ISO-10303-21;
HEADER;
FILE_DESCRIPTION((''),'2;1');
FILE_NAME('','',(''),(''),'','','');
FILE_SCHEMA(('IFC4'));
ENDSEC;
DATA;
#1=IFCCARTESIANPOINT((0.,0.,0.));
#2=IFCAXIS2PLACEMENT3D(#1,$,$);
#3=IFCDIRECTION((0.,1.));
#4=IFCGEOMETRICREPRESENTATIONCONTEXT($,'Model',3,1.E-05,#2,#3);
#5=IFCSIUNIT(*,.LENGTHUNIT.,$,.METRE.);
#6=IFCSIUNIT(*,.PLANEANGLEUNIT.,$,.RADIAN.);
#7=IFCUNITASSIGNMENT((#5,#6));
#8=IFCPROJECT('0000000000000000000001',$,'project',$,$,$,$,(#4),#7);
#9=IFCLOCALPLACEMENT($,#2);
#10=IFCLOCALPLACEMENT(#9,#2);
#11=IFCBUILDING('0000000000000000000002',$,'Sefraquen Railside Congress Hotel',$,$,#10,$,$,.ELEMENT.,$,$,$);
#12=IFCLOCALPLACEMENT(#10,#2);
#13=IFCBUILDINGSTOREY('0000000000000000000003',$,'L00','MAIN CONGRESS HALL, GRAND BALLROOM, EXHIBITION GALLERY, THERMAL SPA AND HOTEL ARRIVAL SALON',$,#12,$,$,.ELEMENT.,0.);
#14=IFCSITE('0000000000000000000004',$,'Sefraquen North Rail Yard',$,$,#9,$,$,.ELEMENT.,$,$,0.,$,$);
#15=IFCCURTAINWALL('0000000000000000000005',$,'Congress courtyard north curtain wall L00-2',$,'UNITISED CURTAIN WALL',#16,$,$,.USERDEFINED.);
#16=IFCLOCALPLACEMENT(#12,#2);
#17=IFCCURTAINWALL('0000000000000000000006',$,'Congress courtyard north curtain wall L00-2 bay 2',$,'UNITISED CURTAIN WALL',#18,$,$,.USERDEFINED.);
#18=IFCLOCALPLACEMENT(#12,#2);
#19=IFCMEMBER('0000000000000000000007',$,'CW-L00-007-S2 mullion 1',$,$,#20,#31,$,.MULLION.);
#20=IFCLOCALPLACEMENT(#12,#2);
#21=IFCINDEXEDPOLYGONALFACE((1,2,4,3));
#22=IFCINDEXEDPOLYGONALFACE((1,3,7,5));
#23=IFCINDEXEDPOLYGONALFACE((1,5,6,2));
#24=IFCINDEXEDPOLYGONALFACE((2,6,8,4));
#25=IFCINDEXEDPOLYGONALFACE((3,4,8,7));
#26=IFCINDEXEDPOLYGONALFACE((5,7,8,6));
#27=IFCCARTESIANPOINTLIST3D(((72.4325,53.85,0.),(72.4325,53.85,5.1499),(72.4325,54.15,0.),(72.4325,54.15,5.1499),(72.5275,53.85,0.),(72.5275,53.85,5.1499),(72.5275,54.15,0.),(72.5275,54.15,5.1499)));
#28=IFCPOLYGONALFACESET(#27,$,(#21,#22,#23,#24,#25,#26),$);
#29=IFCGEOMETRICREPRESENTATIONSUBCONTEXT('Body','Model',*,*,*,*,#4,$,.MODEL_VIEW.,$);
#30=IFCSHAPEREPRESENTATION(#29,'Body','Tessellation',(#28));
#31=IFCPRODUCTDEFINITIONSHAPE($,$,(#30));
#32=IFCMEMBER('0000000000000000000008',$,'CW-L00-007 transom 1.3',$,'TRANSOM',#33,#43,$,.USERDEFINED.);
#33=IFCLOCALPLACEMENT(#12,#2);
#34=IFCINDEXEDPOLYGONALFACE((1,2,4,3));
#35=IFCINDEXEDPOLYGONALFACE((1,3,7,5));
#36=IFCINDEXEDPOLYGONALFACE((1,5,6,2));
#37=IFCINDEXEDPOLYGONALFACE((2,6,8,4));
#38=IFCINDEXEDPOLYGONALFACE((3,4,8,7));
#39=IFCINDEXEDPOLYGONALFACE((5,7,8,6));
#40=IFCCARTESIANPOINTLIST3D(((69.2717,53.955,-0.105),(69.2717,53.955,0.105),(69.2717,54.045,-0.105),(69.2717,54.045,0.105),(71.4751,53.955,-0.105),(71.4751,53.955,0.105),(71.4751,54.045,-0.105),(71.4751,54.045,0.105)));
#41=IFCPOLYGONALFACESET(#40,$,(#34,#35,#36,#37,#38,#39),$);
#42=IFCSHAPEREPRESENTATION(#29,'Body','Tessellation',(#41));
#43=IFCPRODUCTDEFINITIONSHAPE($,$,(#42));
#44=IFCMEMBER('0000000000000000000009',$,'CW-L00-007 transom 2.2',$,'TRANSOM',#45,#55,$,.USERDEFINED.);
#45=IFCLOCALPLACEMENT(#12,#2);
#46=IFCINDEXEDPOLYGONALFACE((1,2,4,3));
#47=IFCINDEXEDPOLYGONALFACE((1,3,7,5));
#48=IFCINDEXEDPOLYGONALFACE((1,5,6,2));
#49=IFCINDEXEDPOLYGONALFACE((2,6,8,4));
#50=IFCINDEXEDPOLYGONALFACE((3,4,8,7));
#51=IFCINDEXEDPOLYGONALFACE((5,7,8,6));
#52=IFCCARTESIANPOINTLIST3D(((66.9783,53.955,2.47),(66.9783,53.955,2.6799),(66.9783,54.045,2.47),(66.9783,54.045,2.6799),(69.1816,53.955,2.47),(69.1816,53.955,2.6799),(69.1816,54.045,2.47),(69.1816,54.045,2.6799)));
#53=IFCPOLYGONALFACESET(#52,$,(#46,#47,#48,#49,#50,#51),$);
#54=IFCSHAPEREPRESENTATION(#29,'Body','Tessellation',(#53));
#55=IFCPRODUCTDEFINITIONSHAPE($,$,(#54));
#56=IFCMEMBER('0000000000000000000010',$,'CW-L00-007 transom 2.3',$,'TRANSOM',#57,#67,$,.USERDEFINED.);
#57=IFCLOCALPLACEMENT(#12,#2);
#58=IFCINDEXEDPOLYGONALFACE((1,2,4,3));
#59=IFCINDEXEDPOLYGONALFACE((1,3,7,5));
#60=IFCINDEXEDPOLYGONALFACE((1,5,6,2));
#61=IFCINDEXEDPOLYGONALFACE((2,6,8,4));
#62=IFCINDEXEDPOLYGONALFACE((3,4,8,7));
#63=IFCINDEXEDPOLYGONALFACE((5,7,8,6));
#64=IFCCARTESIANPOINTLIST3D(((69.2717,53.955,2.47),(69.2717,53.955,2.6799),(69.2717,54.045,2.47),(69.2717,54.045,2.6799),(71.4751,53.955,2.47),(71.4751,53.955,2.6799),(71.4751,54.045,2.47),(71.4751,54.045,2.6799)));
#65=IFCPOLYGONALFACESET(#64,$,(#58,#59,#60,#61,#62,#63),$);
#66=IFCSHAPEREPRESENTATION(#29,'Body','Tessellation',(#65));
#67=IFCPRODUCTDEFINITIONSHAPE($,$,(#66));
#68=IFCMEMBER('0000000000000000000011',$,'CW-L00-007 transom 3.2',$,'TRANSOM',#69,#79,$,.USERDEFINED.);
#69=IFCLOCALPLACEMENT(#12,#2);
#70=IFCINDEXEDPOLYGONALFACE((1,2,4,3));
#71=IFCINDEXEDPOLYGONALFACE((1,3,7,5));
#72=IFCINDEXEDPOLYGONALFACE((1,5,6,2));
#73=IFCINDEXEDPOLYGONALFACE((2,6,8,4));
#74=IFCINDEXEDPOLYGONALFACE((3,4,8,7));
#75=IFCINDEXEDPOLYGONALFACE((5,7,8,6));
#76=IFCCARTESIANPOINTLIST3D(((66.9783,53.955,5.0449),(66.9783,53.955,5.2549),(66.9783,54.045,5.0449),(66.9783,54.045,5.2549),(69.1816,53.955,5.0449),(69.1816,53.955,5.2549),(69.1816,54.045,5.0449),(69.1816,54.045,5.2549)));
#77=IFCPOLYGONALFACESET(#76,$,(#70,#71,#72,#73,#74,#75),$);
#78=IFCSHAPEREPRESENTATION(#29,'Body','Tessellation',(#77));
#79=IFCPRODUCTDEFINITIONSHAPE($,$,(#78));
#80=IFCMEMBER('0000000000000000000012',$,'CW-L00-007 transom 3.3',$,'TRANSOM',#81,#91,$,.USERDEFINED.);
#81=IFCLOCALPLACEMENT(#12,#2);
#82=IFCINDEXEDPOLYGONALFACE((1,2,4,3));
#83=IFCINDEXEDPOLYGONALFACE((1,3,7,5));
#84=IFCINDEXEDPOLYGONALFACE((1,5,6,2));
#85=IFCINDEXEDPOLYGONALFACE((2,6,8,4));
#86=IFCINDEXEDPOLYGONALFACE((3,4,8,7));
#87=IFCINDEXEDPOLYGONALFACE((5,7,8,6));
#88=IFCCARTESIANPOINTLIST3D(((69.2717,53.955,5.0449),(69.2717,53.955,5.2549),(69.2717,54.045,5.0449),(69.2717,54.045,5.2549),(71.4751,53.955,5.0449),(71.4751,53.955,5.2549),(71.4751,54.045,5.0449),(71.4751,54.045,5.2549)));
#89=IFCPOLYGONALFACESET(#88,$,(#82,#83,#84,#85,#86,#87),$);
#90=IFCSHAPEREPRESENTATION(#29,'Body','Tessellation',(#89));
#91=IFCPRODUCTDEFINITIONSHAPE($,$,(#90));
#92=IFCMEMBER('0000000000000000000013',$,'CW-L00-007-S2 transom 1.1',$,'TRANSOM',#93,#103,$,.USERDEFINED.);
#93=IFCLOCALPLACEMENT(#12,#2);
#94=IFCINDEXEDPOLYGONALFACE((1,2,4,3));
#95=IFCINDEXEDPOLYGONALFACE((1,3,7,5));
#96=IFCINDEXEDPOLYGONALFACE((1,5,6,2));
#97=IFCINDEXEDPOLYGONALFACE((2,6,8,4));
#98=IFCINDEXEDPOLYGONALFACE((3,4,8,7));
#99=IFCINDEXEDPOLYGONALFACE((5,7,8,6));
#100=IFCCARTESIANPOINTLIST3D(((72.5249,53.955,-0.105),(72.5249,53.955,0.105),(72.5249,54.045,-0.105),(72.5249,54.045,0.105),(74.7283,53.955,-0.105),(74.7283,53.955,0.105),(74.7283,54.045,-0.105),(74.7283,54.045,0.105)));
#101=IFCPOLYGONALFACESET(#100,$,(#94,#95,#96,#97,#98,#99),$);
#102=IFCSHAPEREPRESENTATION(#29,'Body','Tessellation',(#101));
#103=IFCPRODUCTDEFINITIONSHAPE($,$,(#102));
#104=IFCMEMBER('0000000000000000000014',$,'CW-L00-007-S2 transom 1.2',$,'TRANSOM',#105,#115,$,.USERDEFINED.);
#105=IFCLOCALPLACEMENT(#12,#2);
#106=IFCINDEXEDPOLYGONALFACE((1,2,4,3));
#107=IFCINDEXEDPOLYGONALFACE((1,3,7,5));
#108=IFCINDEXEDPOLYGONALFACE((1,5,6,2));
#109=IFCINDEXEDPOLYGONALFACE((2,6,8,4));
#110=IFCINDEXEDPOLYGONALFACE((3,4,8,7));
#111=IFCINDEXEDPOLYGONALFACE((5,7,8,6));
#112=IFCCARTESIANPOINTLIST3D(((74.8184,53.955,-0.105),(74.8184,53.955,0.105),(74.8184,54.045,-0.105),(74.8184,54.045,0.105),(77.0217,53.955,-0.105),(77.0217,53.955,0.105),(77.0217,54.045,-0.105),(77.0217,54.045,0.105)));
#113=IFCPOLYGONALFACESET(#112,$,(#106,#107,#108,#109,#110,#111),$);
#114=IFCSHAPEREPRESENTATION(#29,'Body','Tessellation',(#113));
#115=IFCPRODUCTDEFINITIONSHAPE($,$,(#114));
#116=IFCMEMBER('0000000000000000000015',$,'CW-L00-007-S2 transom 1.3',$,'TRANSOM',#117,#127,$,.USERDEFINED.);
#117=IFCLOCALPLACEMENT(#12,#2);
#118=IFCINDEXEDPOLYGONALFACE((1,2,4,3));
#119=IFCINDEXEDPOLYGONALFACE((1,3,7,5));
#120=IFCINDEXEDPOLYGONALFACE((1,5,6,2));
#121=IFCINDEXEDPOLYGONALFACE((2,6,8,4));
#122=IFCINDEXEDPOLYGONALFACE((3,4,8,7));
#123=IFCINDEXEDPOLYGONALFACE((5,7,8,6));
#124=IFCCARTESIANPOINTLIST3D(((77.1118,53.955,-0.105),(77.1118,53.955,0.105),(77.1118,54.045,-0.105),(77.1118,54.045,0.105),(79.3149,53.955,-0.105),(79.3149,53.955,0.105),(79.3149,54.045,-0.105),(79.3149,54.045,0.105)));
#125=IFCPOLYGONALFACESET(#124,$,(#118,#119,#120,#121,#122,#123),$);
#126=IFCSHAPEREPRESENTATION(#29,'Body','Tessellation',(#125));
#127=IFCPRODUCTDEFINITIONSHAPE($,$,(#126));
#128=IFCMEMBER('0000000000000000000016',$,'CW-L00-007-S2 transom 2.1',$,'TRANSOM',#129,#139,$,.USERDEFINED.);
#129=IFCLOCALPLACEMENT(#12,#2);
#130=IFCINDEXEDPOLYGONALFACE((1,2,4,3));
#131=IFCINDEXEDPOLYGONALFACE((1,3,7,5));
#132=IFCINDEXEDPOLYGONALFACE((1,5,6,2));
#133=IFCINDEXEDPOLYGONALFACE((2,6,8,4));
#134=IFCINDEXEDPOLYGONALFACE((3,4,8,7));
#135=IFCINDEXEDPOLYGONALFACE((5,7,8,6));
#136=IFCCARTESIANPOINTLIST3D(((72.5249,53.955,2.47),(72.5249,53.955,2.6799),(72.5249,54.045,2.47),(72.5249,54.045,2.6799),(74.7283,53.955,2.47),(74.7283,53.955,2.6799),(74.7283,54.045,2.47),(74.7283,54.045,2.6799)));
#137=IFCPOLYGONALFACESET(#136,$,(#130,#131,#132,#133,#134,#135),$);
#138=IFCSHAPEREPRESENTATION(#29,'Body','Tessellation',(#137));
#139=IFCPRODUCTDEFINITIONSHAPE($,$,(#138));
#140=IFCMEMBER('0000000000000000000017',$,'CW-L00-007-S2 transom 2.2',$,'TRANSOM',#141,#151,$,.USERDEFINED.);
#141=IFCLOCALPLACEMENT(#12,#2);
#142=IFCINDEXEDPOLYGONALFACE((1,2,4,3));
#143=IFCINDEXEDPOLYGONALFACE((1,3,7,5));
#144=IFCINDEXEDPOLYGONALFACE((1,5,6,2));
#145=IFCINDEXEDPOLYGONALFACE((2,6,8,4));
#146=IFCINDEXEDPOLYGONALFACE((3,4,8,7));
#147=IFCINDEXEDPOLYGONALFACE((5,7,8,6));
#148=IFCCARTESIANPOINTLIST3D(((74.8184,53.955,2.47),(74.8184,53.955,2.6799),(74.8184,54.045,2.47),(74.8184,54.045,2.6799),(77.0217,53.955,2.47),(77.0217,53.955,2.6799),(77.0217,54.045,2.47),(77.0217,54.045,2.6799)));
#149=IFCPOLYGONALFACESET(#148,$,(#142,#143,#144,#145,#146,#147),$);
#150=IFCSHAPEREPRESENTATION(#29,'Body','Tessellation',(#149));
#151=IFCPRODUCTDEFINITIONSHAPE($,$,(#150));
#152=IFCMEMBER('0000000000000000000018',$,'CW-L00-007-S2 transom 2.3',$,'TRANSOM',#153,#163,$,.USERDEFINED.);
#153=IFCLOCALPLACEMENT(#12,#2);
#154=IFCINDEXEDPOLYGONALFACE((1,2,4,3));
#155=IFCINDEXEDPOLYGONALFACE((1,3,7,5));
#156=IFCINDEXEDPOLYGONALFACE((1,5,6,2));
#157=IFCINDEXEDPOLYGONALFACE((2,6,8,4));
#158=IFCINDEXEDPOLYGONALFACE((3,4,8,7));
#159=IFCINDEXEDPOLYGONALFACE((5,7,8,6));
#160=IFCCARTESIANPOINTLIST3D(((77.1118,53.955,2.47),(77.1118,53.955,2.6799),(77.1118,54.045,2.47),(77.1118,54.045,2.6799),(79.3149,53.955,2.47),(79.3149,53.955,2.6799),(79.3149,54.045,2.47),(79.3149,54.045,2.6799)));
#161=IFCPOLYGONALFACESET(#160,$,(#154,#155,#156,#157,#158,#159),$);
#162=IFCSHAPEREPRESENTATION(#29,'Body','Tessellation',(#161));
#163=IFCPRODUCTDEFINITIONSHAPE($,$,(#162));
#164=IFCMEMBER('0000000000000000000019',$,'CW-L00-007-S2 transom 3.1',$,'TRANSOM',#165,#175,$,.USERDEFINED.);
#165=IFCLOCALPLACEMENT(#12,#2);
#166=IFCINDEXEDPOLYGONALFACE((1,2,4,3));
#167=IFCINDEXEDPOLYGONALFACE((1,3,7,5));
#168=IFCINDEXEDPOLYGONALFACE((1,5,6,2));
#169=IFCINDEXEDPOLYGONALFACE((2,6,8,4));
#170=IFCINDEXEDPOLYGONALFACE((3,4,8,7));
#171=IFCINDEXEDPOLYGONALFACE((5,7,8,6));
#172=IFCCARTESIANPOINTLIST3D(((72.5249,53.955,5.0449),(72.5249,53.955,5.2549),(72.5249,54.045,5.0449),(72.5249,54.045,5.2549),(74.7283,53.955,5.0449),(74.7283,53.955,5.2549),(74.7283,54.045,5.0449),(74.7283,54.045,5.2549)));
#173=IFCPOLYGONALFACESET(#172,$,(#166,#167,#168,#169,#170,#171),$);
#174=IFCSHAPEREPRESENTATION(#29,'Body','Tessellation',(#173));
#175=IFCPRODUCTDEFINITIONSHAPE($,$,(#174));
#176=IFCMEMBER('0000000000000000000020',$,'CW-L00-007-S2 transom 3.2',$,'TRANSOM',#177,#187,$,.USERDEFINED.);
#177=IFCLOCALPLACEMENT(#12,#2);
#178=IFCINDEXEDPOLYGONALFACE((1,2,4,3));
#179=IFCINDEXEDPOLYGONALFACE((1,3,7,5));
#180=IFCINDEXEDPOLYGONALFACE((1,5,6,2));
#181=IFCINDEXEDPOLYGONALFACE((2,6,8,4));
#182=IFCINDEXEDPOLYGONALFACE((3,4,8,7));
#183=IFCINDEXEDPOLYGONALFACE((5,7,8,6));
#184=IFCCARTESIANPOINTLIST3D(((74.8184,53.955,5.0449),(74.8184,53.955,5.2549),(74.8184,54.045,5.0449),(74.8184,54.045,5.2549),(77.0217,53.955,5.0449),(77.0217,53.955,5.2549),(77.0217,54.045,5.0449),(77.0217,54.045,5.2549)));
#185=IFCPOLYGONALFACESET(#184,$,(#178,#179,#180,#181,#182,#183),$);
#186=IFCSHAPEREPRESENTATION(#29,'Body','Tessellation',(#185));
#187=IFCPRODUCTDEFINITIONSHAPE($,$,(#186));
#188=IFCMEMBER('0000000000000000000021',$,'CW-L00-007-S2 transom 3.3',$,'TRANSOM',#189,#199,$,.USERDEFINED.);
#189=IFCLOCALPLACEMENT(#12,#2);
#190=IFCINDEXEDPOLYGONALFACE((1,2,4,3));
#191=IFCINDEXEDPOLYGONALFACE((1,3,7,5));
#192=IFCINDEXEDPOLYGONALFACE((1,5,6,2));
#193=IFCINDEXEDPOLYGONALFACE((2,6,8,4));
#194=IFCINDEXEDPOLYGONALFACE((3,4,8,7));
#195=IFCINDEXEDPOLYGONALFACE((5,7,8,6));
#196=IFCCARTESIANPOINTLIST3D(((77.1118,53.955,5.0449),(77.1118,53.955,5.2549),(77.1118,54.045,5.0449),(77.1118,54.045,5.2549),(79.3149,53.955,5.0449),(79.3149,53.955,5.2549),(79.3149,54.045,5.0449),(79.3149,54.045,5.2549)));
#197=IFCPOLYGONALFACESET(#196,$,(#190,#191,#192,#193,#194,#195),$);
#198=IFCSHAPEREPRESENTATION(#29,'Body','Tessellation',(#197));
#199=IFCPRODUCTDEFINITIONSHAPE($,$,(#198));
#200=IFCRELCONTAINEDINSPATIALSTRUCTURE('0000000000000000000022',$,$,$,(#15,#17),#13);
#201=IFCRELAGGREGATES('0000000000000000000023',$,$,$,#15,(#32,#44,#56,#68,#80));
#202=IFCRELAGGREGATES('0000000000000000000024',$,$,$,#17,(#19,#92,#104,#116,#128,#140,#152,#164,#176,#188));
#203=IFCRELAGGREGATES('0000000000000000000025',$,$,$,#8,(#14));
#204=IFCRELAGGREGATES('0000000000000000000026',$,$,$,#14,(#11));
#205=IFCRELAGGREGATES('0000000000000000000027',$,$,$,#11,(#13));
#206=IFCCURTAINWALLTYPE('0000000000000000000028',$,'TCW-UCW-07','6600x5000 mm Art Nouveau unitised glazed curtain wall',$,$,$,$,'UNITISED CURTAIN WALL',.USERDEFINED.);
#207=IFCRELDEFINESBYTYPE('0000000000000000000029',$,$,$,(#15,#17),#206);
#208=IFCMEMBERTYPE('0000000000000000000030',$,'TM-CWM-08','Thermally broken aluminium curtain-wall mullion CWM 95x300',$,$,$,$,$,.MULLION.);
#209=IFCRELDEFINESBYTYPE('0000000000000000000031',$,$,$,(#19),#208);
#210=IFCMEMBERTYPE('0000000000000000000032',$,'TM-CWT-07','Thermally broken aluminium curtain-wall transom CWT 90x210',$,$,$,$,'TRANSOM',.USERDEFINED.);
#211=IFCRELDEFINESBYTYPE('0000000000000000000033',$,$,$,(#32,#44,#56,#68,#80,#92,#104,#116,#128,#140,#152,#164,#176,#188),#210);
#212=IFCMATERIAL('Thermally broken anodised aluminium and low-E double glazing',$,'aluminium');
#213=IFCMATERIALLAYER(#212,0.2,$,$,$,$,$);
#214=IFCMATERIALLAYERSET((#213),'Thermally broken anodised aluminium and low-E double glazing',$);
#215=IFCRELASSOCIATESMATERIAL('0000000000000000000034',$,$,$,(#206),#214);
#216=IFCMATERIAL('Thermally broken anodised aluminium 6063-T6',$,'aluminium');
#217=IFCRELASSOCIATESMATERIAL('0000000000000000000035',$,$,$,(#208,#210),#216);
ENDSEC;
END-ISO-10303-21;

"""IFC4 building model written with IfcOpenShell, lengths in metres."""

from ifc_helpers import new_model, si_unit, direction, frame, origin, origin_2d, place, context, subcontext, project, spatial, rectangle, extrude, material, layer, layer_set, material_profile, profile_set, type_object, element, aggregate, save


model = new_model("IFC4")

# Units and contexts
model_context = context("Model", 3, precision=1e-05, world=origin(), true_north=direction((0.0, 1.0)))
body_context = subcontext(model_context, "Body", "Model", "MODEL_VIEW")
ifc_project = project(units=[si_unit("LENGTHUNIT", "METRE"), si_unit("PLANEANGLEUNIT", "RADIAN")], contexts=[model_context])

# Site, building, storey
site_placement = place(None, origin())
site = spatial("IfcSite", under=ifc_project, at=site_placement, Name="Sefraquen North Rail Yard", CompositionType="ELEMENT", RefElevation=0.0)
building_placement = place(site_placement, origin())
building = spatial("IfcBuilding", under=site, at=building_placement, Name="Sefraquen Railside Congress Hotel", CompositionType="ELEMENT")
storey_placement = place(building_placement, origin())
storey = spatial("IfcBuildingStorey", under=building, at=storey_placement, Name="L00", Description="MAIN CONGRESS HALL, GRAND BALLROOM, EXHIBITION GALLERY, THERMAL SPA AND HOTEL ARRIVAL SALON", CompositionType="ELEMENT", Elevation=0.0)

# Curtain wall
ifc_material_1 = material(Name="Thermally broken anodised aluminium and low-E double glazing", Category="aluminium")
ifc_layer_1 = layer(ifc_material_1, 0.2)
ifc_layer_set_1 = layer_set([ifc_layer_1], Name="Thermally broken anodised aluminium and low-E double glazing")
curtain_wall_type = type_object("IfcCurtainWallType", Name="TCW-UCW-07", Description="6600x5000 mm Art Nouveau unitised glazed curtain wall", ElementType="UNITISED CURTAIN WALL", PredefinedType="USERDEFINED", material=ifc_layer_set_1)
curtain_wall_1_placement = place(storey_placement, origin())
curtain_wall_1 = element("IfcCurtainWall", 1, at=curtain_wall_1_placement, inside=storey, type_object=curtain_wall_type, Name="Congress courtyard north curtain wall L00-2", ObjectType="UNITISED CURTAIN WALL", PredefinedType="USERDEFINED")
ifc_material_2 = material(Name="Thermally broken anodised aluminium 6063-T6", Category="aluminium")

# Curtain wall
curtain_wall_2_placement = place(storey_placement, origin())
curtain_wall_2 = element("IfcCurtainWall", 2, at=curtain_wall_2_placement, inside=storey, type_object=curtain_wall_type, Name="Congress courtyard north curtain wall L00-2 bay 2", ObjectType="UNITISED CURTAIN WALL", PredefinedType="USERDEFINED")

# Members
ifc_material_profile_1 = material_profile(ifc_material_2, rectangle(XDim=0.095, YDim=0.3, at=origin_2d()), Name="CWM 95x300")
ifc_profile_set_1 = profile_set([ifc_material_profile_1], Name="Thermally broken anodised aluminium 6063-T6")
member_type_1 = type_object("IfcMemberType", Name="TM-CWM-08", Description="Thermally broken aluminium curtain-wall mullion CWM 95x300", PredefinedType="MULLION", material=ifc_profile_set_1)
member_1_placement = place(storey_placement, frame((72.48, 54.0, 0.0), z_axis=(0.0, 0.0, 1.0), x_axis=(1.0, 0.0, 0.0)))
member_1 = element("IfcMember", 3, at=member_1_placement, type_object=member_type_1, Name="CW-L00-007-S2 mullion 1", PredefinedType="MULLION", context=body_context, shape_type="SweptSolid", body=[
    extrude(rectangle(XDim=0.095, YDim=0.3, at=origin_2d()), origin(), (0.0, 0.0, 1.0), 5.1499),
])
ifc_material_profile_2 = material_profile(ifc_material_2, rectangle(XDim=0.0901, YDim=0.21, at=origin_2d()), Name="CWT 90x210")
ifc_profile_set_2 = profile_set([ifc_material_profile_2], Name="Thermally broken anodised aluminium 6063-T6")
member_type_2 = type_object("IfcMemberType", Name="TM-CWT-07", Description="Thermally broken aluminium curtain-wall transom CWT 90x210", ElementType="TRANSOM", PredefinedType="USERDEFINED", material=ifc_profile_set_2)
member_2_placement = place(storey_placement, frame((69.2717, 54.0, 0.0), z_axis=(1.0, 0.0, 0.0), x_axis=(0.0, 1.0, 0.0)))
member_2 = element("IfcMember", 4, at=member_2_placement, type_object=member_type_2, Name="CW-L00-007 transom 1.3", ObjectType="TRANSOM", PredefinedType="USERDEFINED", context=body_context, shape_type="SweptSolid", body=[
    extrude(rectangle(XDim=0.0901, YDim=0.21, at=origin_2d()), origin(), (0.0, 0.0, 1.0), 2.2034),
])
member_3_placement = place(storey_placement, frame((66.9783, 54.0, 2.575), z_axis=(1.0, 0.0, 0.0), x_axis=(0.0, 1.0, 0.0)))
member_3 = element("IfcMember", 5, at=member_3_placement, type_object=member_type_2, Name="CW-L00-007 transom 2.2", ObjectType="TRANSOM", PredefinedType="USERDEFINED", context=body_context, shape_type="SweptSolid", body=[
    extrude(rectangle(XDim=0.0901, YDim=0.21, at=origin_2d()), origin(), (0.0, 0.0, 1.0), 2.2034),
])
member_4_placement = place(storey_placement, frame((69.2717, 54.0, 2.575), z_axis=(1.0, 0.0, 0.0), x_axis=(0.0, 1.0, 0.0)))
member_4 = element("IfcMember", 6, at=member_4_placement, type_object=member_type_2, Name="CW-L00-007 transom 2.3", ObjectType="TRANSOM", PredefinedType="USERDEFINED", context=body_context, shape_type="SweptSolid", body=[
    extrude(rectangle(XDim=0.0901, YDim=0.21, at=origin_2d()), origin(), (0.0, 0.0, 1.0), 2.2034),
])
member_5_placement = place(storey_placement, frame((66.9783, 54.0, 5.1499), z_axis=(1.0, 0.0, 0.0), x_axis=(0.0, 1.0, 0.0)))
member_5 = element("IfcMember", 7, at=member_5_placement, type_object=member_type_2, Name="CW-L00-007 transom 3.2", ObjectType="TRANSOM", PredefinedType="USERDEFINED", context=body_context, shape_type="SweptSolid", body=[
    extrude(rectangle(XDim=0.0901, YDim=0.21, at=origin_2d()), origin(), (0.0, 0.0, 1.0), 2.2034),
])
member_6_placement = place(storey_placement, frame((69.2717, 54.0, 5.1499), z_axis=(1.0, 0.0, 0.0), x_axis=(0.0, 1.0, 0.0)))
member_6 = element("IfcMember", 8, at=member_6_placement, type_object=member_type_2, Name="CW-L00-007 transom 3.3", ObjectType="TRANSOM", PredefinedType="USERDEFINED", context=body_context, shape_type="SweptSolid", body=[
    extrude(rectangle(XDim=0.0901, YDim=0.21, at=origin_2d()), origin(), (0.0, 0.0, 1.0), 2.2034),
])
member_7_placement = place(storey_placement, frame((72.5249, 54.0, 0.0), z_axis=(1.0, 0.0, 0.0), x_axis=(0.0, 1.0, 0.0)))
member_7 = element("IfcMember", 9, at=member_7_placement, type_object=member_type_2, Name="CW-L00-007-S2 transom 1.1", ObjectType="TRANSOM", PredefinedType="USERDEFINED", context=body_context, shape_type="SweptSolid", body=[
    extrude(rectangle(XDim=0.0901, YDim=0.21, at=origin_2d()), origin(), (0.0, 0.0, 1.0), 2.2034),
])
member_8_placement = place(storey_placement, frame((74.8184, 54.0, 0.0), z_axis=(1.0, 0.0, 0.0), x_axis=(0.0, 1.0, 0.0)))
member_8 = element("IfcMember", 10, at=member_8_placement, type_object=member_type_2, Name="CW-L00-007-S2 transom 1.2", ObjectType="TRANSOM", PredefinedType="USERDEFINED", context=body_context, shape_type="SweptSolid", body=[
    extrude(rectangle(XDim=0.0901, YDim=0.21, at=origin_2d()), origin(), (0.0, 0.0, 1.0), 2.2034),
])
member_9_placement = place(storey_placement, frame((77.1118, 54.0, 0.0), z_axis=(1.0, 0.0, 0.0), x_axis=(0.0, 1.0, 0.0)))
member_9 = element("IfcMember", 11, at=member_9_placement, type_object=member_type_2, Name="CW-L00-007-S2 transom 1.3", ObjectType="TRANSOM", PredefinedType="USERDEFINED", context=body_context, shape_type="SweptSolid", body=[
    extrude(rectangle(XDim=0.0901, YDim=0.21, at=origin_2d()), origin(), (0.0, 0.0, 1.0), 2.2031),
])
member_10_placement = place(storey_placement, frame((72.5249, 54.0, 2.575), z_axis=(1.0, 0.0, 0.0), x_axis=(0.0, 1.0, 0.0)))
member_10 = element("IfcMember", 12, at=member_10_placement, type_object=member_type_2, Name="CW-L00-007-S2 transom 2.1", ObjectType="TRANSOM", PredefinedType="USERDEFINED", context=body_context, shape_type="SweptSolid", body=[
    extrude(rectangle(XDim=0.0901, YDim=0.21, at=origin_2d()), origin(), (0.0, 0.0, 1.0), 2.2034),
])
member_11_placement = place(storey_placement, frame((74.8184, 54.0, 2.575), z_axis=(1.0, 0.0, 0.0), x_axis=(0.0, 1.0, 0.0)))
member_11 = element("IfcMember", 13, at=member_11_placement, type_object=member_type_2, Name="CW-L00-007-S2 transom 2.2", ObjectType="TRANSOM", PredefinedType="USERDEFINED", context=body_context, shape_type="SweptSolid", body=[
    extrude(rectangle(XDim=0.0901, YDim=0.21, at=origin_2d()), origin(), (0.0, 0.0, 1.0), 2.2034),
])
member_12_placement = place(storey_placement, frame((77.1118, 54.0, 2.575), z_axis=(1.0, 0.0, 0.0), x_axis=(0.0, 1.0, 0.0)))
member_12 = element("IfcMember", 14, at=member_12_placement, type_object=member_type_2, Name="CW-L00-007-S2 transom 2.3", ObjectType="TRANSOM", PredefinedType="USERDEFINED", context=body_context, shape_type="SweptSolid", body=[
    extrude(rectangle(XDim=0.0901, YDim=0.21, at=origin_2d()), origin(), (0.0, 0.0, 1.0), 2.2031),
])
member_13_placement = place(storey_placement, frame((72.5249, 54.0, 5.1499), z_axis=(1.0, 0.0, 0.0), x_axis=(0.0, 1.0, 0.0)))
member_13 = element("IfcMember", 15, at=member_13_placement, type_object=member_type_2, Name="CW-L00-007-S2 transom 3.1", ObjectType="TRANSOM", PredefinedType="USERDEFINED", context=body_context, shape_type="SweptSolid", body=[
    extrude(rectangle(XDim=0.0901, YDim=0.21, at=origin_2d()), origin(), (0.0, 0.0, 1.0), 2.2034),
])
member_14_placement = place(storey_placement, frame((74.8184, 54.0, 5.1499), z_axis=(1.0, 0.0, 0.0), x_axis=(0.0, 1.0, 0.0)))
member_14 = element("IfcMember", 16, at=member_14_placement, type_object=member_type_2, Name="CW-L00-007-S2 transom 3.2", ObjectType="TRANSOM", PredefinedType="USERDEFINED", context=body_context, shape_type="SweptSolid", body=[
    extrude(rectangle(XDim=0.0901, YDim=0.21, at=origin_2d()), origin(), (0.0, 0.0, 1.0), 2.2034),
])
member_15_placement = place(storey_placement, frame((77.1118, 54.0, 5.1499), z_axis=(1.0, 0.0, 0.0), x_axis=(0.0, 1.0, 0.0)))
member_15 = element("IfcMember", 17, at=member_15_placement, type_object=member_type_2, Name="CW-L00-007-S2 transom 3.3", ObjectType="TRANSOM", PredefinedType="USERDEFINED", context=body_context, shape_type="SweptSolid", body=[
    extrude(rectangle(XDim=0.0901, YDim=0.21, at=origin_2d()), origin(), (0.0, 0.0, 1.0), 2.2031),
])

aggregate(curtain_wall_1, [member_2, member_3, member_4, member_5, member_6])
aggregate(curtain_wall_2, [member_1, member_7, member_8, member_9, member_10, member_11, member_12, member_13, member_14, member_15])

save(model, "model.ifc")
